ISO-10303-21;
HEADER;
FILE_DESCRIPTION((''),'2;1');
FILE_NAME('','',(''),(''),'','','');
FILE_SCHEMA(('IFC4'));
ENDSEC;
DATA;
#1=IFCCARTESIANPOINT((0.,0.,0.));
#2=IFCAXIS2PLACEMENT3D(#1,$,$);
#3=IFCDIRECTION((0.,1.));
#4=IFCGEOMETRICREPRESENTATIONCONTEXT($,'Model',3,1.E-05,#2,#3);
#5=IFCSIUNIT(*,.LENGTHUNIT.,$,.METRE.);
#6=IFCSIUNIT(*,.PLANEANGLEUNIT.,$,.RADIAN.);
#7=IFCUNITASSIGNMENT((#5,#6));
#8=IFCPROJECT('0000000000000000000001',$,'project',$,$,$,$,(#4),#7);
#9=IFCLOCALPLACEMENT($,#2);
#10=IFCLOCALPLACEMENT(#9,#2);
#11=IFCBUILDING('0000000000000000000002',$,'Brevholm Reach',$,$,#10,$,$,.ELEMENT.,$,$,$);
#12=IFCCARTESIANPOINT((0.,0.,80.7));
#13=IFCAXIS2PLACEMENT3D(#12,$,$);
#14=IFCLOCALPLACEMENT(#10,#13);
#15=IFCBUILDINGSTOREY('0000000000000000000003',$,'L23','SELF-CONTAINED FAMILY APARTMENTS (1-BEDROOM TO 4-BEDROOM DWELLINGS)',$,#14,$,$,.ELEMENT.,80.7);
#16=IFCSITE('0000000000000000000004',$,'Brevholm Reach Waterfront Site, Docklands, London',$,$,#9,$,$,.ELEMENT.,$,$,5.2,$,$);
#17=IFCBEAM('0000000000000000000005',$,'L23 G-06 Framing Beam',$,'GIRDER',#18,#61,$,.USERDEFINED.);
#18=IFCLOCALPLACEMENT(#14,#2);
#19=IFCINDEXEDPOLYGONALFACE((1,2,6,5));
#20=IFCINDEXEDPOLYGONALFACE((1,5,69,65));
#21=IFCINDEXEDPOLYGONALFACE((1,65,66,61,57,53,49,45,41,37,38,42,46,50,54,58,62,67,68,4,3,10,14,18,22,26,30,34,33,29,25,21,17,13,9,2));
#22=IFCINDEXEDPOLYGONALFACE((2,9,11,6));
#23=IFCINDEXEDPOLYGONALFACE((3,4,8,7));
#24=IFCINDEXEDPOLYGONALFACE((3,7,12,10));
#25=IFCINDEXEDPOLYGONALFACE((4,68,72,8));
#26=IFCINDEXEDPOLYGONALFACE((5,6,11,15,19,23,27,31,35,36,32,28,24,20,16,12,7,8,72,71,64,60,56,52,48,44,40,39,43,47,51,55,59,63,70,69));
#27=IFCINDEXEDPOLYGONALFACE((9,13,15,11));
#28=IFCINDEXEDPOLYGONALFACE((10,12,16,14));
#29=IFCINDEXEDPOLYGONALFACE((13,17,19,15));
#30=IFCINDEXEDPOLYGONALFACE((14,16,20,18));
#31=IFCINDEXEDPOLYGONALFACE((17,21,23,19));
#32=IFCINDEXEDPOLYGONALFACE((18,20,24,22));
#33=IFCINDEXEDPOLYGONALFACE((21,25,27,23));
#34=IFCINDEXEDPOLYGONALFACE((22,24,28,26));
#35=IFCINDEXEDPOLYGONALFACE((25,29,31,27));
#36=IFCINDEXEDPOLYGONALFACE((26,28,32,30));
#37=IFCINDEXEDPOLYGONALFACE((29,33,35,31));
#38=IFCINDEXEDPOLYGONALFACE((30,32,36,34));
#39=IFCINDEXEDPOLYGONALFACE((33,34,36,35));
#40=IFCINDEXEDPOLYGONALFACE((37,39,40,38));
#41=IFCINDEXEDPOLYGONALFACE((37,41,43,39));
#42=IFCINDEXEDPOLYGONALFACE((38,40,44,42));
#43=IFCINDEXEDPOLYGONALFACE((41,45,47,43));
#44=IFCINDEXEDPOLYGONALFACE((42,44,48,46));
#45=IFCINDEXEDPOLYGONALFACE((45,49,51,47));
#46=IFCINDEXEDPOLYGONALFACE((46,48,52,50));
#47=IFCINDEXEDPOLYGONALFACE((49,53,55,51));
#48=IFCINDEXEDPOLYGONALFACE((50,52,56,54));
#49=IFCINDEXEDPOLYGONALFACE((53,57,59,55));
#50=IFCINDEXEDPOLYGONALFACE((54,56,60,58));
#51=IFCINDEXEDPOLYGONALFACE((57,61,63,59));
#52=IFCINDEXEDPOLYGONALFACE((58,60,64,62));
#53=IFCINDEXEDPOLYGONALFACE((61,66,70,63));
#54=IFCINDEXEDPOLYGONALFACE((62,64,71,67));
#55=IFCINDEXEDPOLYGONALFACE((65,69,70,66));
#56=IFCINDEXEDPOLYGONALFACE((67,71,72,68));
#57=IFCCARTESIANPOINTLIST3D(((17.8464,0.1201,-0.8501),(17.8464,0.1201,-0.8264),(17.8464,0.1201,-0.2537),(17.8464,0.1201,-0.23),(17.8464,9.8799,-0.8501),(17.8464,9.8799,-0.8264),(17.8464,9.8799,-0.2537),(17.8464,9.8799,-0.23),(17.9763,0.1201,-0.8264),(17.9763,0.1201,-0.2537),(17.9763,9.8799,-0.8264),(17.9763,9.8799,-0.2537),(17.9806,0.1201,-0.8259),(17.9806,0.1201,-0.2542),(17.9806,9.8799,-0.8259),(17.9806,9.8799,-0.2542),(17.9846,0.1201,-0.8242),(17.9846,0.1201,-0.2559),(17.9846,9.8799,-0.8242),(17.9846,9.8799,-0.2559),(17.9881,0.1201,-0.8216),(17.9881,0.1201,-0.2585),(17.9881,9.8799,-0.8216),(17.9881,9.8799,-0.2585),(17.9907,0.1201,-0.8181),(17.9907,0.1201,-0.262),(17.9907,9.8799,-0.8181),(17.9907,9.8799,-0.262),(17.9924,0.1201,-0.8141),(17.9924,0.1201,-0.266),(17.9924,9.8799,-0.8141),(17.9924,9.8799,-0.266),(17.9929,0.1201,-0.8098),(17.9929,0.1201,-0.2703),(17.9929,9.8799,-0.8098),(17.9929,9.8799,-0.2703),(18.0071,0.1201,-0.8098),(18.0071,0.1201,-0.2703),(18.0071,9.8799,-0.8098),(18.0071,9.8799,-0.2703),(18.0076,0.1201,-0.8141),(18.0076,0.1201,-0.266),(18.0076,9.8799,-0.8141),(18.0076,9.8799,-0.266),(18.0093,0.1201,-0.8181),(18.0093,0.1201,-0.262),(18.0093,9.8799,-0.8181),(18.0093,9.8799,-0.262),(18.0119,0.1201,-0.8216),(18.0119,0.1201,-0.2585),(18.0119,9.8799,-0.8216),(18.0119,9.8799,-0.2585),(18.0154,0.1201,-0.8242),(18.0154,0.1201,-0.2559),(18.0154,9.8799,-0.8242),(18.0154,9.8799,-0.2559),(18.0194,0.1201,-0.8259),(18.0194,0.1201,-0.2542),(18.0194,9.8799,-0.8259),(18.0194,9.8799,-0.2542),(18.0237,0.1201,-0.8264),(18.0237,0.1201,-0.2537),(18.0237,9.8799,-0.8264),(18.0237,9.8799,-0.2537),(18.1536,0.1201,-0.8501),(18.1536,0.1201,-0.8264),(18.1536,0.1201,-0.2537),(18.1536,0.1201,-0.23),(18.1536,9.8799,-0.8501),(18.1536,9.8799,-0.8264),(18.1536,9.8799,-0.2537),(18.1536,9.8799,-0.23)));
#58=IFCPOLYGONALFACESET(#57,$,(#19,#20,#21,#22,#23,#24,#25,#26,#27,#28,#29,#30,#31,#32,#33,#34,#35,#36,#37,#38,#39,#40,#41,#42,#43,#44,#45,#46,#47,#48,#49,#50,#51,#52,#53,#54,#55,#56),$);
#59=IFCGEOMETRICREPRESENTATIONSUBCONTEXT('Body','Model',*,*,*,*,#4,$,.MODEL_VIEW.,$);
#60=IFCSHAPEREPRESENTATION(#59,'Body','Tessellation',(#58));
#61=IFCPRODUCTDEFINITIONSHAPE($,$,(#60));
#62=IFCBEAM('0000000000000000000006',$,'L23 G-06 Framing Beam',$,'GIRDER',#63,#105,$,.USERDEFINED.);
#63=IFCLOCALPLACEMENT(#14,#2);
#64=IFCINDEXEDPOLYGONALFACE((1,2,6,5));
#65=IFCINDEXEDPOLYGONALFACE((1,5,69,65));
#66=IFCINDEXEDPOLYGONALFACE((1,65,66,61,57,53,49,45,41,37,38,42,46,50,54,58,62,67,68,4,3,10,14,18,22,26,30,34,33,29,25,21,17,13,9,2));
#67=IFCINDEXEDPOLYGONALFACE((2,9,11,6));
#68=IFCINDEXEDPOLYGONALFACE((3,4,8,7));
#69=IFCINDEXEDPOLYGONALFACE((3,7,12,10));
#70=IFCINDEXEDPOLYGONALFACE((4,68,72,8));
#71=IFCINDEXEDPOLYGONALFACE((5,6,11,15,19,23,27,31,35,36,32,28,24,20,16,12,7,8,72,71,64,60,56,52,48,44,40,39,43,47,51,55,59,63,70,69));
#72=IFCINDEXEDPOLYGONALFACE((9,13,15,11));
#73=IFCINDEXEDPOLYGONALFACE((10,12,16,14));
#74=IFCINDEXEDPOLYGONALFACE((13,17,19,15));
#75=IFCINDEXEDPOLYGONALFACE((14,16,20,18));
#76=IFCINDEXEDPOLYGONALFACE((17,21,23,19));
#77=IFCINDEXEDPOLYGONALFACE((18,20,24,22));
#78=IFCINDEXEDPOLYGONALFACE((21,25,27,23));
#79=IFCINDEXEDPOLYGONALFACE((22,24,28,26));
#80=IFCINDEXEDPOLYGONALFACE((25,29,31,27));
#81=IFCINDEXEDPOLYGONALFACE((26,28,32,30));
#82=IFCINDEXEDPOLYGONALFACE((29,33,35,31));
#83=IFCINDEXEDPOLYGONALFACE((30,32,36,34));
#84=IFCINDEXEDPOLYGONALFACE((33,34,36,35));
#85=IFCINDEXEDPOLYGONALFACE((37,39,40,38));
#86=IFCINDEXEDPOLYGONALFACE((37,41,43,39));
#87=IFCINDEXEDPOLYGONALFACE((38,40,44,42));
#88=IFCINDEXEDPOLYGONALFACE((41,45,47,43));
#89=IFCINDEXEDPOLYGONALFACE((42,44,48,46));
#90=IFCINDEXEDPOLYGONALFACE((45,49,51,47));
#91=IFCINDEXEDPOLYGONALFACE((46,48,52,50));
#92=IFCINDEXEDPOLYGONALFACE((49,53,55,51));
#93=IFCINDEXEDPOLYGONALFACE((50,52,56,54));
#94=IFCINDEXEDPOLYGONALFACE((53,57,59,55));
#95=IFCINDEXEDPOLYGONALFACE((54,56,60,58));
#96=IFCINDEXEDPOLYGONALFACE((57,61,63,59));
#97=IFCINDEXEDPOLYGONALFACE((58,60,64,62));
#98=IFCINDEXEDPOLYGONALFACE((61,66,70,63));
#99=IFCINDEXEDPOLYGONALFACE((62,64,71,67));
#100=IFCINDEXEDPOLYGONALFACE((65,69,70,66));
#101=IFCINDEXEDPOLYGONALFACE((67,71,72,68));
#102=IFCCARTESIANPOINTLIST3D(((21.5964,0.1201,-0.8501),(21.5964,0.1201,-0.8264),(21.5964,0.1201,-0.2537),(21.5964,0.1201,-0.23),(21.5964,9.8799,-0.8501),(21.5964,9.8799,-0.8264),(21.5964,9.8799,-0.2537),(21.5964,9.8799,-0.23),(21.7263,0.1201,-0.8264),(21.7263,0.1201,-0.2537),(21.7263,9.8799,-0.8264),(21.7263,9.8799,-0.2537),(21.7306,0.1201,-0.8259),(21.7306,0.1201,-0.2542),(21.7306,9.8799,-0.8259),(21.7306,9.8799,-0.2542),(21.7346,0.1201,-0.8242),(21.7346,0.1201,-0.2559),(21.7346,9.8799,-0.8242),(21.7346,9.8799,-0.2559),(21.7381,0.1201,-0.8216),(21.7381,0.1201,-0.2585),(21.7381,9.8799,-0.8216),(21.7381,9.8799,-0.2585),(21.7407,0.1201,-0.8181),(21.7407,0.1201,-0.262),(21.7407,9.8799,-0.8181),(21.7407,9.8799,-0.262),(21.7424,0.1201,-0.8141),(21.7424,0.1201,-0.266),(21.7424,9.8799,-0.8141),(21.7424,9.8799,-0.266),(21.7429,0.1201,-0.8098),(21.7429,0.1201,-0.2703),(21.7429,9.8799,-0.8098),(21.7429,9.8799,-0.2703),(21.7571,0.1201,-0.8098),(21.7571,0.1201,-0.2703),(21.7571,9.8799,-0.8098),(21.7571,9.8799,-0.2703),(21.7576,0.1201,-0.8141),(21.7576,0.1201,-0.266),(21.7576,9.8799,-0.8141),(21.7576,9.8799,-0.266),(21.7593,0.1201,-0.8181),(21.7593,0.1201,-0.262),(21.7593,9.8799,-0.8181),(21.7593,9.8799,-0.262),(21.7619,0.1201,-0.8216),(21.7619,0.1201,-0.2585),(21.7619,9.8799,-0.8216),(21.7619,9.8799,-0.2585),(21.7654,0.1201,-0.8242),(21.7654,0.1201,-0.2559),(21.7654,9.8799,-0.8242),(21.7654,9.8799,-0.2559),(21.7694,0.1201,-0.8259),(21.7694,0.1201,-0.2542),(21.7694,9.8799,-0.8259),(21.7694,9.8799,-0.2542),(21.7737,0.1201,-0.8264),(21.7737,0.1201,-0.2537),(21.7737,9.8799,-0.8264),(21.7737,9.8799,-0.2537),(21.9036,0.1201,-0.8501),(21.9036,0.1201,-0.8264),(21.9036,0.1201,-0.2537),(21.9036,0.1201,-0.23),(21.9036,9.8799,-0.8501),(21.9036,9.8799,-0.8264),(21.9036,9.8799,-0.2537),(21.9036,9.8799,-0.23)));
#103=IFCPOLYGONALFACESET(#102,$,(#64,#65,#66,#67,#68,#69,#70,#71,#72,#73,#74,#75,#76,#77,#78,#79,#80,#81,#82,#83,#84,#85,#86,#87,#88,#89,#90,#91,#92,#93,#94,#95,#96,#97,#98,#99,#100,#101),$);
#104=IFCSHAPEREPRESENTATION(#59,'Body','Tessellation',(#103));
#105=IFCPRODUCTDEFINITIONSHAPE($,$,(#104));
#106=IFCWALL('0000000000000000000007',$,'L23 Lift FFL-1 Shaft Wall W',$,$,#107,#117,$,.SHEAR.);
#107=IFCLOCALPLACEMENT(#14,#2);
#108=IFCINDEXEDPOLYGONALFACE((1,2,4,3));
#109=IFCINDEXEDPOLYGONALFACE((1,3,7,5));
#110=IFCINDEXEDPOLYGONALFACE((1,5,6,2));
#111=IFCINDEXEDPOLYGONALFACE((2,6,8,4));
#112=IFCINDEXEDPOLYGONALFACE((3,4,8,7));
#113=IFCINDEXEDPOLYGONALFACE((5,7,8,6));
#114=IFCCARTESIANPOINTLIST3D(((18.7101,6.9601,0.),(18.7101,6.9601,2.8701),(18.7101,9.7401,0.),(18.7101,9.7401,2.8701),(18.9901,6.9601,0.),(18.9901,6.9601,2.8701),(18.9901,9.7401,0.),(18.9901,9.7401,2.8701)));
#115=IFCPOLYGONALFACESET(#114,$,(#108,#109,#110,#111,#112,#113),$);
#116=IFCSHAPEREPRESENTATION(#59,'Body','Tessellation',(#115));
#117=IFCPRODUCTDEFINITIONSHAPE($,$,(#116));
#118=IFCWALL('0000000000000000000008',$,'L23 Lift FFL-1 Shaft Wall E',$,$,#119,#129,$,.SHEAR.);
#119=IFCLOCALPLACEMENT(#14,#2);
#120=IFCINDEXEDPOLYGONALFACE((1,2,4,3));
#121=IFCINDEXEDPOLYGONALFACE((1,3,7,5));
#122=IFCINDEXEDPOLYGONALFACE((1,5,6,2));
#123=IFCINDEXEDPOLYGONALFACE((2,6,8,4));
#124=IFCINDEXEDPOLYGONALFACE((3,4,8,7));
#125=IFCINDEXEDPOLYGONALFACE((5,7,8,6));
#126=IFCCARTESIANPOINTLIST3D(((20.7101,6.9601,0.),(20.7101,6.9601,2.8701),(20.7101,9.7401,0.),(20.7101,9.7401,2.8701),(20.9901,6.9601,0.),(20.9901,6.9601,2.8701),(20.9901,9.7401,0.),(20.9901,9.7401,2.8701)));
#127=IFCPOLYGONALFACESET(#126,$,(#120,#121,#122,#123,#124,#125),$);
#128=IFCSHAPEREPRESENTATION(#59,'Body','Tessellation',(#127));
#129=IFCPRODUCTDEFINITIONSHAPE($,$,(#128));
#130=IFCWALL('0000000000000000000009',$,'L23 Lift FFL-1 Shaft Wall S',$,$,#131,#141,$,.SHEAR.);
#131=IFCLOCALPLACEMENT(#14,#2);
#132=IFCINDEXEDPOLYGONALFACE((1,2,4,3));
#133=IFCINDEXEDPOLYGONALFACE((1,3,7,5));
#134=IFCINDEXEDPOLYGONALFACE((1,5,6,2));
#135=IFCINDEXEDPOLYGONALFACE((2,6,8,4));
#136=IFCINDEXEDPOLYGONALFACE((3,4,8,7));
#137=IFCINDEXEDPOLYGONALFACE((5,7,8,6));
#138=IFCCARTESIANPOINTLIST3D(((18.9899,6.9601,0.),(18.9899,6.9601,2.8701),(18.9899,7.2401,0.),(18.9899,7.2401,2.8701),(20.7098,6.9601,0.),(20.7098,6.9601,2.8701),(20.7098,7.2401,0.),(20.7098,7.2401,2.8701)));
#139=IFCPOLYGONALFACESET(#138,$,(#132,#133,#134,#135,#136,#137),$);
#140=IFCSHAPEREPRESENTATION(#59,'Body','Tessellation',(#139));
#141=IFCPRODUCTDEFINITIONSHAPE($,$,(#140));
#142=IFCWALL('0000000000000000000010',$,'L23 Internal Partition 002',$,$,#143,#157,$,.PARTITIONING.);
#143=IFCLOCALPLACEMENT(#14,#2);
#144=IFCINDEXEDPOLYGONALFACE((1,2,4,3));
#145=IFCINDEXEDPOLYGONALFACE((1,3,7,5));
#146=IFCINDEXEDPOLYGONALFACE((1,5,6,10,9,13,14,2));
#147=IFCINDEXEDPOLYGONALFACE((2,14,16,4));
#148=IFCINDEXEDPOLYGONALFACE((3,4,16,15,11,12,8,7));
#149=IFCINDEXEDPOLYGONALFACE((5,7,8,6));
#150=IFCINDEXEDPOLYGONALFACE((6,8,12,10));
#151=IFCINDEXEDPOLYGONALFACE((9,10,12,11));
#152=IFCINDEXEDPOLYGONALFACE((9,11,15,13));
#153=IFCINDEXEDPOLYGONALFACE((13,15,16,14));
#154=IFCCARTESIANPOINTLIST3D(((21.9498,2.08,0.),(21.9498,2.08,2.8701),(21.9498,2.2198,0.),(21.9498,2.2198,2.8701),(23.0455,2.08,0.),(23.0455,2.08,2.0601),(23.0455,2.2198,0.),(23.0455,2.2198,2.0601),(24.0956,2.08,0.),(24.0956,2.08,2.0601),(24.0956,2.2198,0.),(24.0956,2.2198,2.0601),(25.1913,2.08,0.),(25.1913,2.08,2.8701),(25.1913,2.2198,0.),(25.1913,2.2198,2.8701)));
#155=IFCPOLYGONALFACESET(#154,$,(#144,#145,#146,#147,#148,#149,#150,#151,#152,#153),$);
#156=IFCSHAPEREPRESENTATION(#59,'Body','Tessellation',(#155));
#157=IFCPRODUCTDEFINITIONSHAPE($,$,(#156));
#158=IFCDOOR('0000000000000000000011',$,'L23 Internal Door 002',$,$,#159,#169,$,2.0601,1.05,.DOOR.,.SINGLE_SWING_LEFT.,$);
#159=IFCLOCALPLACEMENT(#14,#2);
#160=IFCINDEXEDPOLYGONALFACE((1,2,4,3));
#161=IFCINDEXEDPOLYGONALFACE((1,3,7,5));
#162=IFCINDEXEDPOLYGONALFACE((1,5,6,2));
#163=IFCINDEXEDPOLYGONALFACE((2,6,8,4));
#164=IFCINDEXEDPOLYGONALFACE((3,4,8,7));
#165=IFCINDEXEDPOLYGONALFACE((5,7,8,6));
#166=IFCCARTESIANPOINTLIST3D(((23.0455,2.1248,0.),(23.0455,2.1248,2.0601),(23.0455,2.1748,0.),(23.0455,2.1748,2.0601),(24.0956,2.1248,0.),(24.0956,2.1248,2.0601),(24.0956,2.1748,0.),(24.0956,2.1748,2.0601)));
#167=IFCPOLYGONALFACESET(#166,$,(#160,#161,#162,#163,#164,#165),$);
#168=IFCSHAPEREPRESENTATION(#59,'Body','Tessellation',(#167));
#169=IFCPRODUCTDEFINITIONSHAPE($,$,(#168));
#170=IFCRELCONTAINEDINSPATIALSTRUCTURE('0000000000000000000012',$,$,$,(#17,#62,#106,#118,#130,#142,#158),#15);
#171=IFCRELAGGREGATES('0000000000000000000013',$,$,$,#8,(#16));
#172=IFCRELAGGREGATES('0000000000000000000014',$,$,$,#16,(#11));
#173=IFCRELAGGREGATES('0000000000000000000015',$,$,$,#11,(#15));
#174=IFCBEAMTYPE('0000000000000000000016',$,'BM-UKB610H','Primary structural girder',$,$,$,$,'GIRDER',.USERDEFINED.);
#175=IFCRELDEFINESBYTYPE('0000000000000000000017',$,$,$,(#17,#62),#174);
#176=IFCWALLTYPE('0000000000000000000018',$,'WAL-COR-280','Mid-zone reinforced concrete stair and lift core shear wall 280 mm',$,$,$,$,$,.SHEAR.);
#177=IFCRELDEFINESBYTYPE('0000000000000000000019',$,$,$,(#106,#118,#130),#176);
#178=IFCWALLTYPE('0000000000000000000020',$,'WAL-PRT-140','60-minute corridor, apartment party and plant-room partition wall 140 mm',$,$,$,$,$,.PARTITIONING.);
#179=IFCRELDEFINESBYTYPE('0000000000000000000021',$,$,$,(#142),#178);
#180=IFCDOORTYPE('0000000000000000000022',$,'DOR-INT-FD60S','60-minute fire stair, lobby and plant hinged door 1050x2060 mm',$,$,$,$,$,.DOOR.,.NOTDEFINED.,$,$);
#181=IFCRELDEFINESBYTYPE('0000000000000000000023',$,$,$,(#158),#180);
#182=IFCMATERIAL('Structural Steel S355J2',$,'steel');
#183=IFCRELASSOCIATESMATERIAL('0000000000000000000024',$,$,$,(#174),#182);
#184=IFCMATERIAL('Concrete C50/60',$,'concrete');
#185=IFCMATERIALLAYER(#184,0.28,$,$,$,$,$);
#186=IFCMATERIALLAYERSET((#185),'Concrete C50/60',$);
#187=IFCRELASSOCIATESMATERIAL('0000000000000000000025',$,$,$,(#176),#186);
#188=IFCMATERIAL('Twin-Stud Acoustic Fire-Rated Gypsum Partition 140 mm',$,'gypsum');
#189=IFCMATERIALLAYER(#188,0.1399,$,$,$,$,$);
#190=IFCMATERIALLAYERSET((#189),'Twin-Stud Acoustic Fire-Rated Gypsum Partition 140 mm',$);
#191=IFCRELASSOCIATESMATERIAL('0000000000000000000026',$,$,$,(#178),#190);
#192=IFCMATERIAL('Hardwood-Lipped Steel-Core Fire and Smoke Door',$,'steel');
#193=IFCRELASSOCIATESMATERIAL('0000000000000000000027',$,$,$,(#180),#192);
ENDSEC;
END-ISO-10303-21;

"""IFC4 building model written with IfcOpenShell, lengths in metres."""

from ifc_helpers import new_model, si_unit, direction, frame, frame_2d, origin, origin_2d, place, context, subcontext, project, spatial, rectangle, i_section, extrude, material, layer, layer_set, material_profile, profile_set, type_object, element, fill, save


model = new_model("IFC4")

# Units and contexts
model_context = context("Model", 3, precision=1e-05, world=origin(), true_north=direction((0.0, 1.0)))
body_context = subcontext(model_context, "Body", "Model", "MODEL_VIEW")
ifc_project = project(units=[si_unit("LENGTHUNIT", "METRE"), si_unit("PLANEANGLEUNIT", "RADIAN")], contexts=[model_context])

# Site, building, storey
site_placement = place(None, origin())
site = spatial("IfcSite", under=ifc_project, at=site_placement, Name="Brevholm Reach Waterfront Site, Docklands, London", CompositionType="ELEMENT", RefElevation=5.2)
building_placement = place(site_placement, origin())
building = spatial("IfcBuilding", under=site, at=building_placement, Name="Brevholm Reach", CompositionType="ELEMENT")
storey_placement = place(building_placement, frame((0.0, 0.0, 80.7)))
storey = spatial("IfcBuildingStorey", under=building, at=storey_placement, Name="L23", Description="SELF-CONTAINED FAMILY APARTMENTS (1-BEDROOM TO 4-BEDROOM DWELLINGS)", CompositionType="ELEMENT", Elevation=80.7)

# Beams
ifc_material_1 = material(Name="Structural Steel S355J2", Category="steel")
ifc_material_profile_1 = material_profile(ifc_material_1, i_section(OverallWidth=0.3071, OverallDepth=0.6201, WebThickness=0.0142, FlangeThickness=0.0237, FilletRadius=0.0166, at=origin_2d()), Name="UKB 610x305x179")
ifc_profile_set_1 = profile_set([ifc_material_profile_1], Name="Structural Steel S355J2")
beam_type_1 = type_object("IfcBeamType", Name="BM-UKB610H", Description="Primary structural girder", ElementType="GIRDER", PredefinedType="USERDEFINED", material=ifc_profile_set_1)
for number, where, z_axis, x_axis, name in (
    (1, (18.0, 0.1201, -0.54), (0.0, 1.0, 0.0), (-1.0, 0.0, 0.0), "L23 G-06 Framing Beam"),
    (2, (21.75, 0.1201, -0.54), (0.0, 1.0, 0.0), (-1.0, 0.0, 0.0), "L23 G-06 Framing Beam"),
):
    element("IfcBeam", number, at=place(storey_placement, frame(where, z_axis=z_axis, x_axis=x_axis)), inside=storey, type_object=beam_type_1, Name=name, ObjectType="GIRDER", PredefinedType="USERDEFINED", context=body_context, shape_type="SweptSolid", body=[
        extrude(i_section(OverallWidth=0.3071, OverallDepth=0.6201, WebThickness=0.0142, FlangeThickness=0.0237, FilletRadius=0.0166, at=origin_2d()), origin(), (0.0, 0.0, 1.0), 9.7598),
    ])

# Walls
ifc_material_2 = material(Name="Concrete C50/60", Category="concrete")
ifc_layer_1 = layer(ifc_material_2, 0.28)
ifc_layer_set_1 = layer_set([ifc_layer_1], Name="Concrete C50/60")
wall_type_1 = type_object("IfcWallType", Name="WAL-COR-280", Description="Mid-zone reinforced concrete stair and lift core shear wall 280 mm", PredefinedType="SHEAR", material=ifc_layer_set_1)
for number, where, z_axis, x_axis, name in (
    (3, (18.8501, 6.96, 0.0), (0.0, 0.0, 1.0), (0.0, 1.0, 0.0), "L23 Lift FFL-1 Shaft Wall W"),
    (4, (20.8501, 6.96, 0.0), (0.0, 0.0, 1.0), (0.0, 1.0, 0.0), "L23 Lift FFL-1 Shaft Wall E"),
):
    element("IfcWall", number, at=place(storey_placement, frame(where, z_axis=z_axis, x_axis=x_axis)), inside=storey, type_object=wall_type_1, Name=name, PredefinedType="SHEAR", context=body_context, shape_type="SweptSolid", body=[
        extrude(rectangle(XDim=2.78, YDim=0.28, at=frame_2d((1.3901, 0.0))), origin(), (0.0, 0.0, 1.0), 2.8701),
    ])
wall_1_placement = place(storey_placement, frame((18.99, 7.1001, 0.0), z_axis=(0.0, 0.0, 1.0), x_axis=(1.0, 0.0, 0.0)))
element("IfcWall", 5, at=wall_1_placement, inside=storey, type_object=wall_type_1, Name="L23 Lift FFL-1 Shaft Wall S", PredefinedType="SHEAR", context=body_context, shape_type="SweptSolid", body=[
    extrude(rectangle(XDim=1.72, YDim=0.28, at=frame_2d((0.8599, 0.0))), origin(), (0.0, 0.0, 1.0), 2.8701),
])

# Wall, opening, door
ifc_material_3 = material(Name="Twin-Stud Acoustic Fire-Rated Gypsum Partition 140 mm", Category="gypsum")
ifc_layer_2 = layer(ifc_material_3, 0.1399)
ifc_layer_set_2 = layer_set([ifc_layer_2], Name="Twin-Stud Acoustic Fire-Rated Gypsum Partition 140 mm")
wall_type_2 = type_object("IfcWallType", Name="WAL-PRT-140", Description="60-minute corridor, apartment party and plant-room partition wall 140 mm", PredefinedType="PARTITIONING", material=ifc_layer_set_2)
wall_2_placement = place(storey_placement, frame((21.95, 2.1499, 0.0), z_axis=(0.0, 0.0, 1.0), x_axis=(1.0, 0.0, 0.0)))
wall_2 = element("IfcWall", 6, at=wall_2_placement, inside=storey, type_object=wall_type_2, Name="L23 Internal Partition 002", PredefinedType="PARTITIONING", context=body_context, shape_type="SweptSolid", body=[
    extrude(rectangle(XDim=3.2415, YDim=0.1399, at=frame_2d((1.6206, 0.0))), origin(), (0.0, 0.0, 1.0), 2.8701),
])
opening_1_placement = place(wall_2_placement, frame((1.0957, 0.0, 0.0)))
opening_1 = element("IfcOpeningElement", 7, at=opening_1_placement, cuts=wall_2, PredefinedType="OPENING", context=body_context, shape_type="SweptSolid", body=[
    extrude(rectangle(XDim=1.05, YDim=2.0601, at=frame_2d((0.5249, 1.03))), frame((0.0, 0.0798, 0.0), z_axis=(0.0, -1.0, 0.0), x_axis=(1.0, 0.0, 0.0)), (0.0, 0.0, 1.0), 0.1599),
])
ifc_material_4 = material(Name="Hardwood-Lipped Steel-Core Fire and Smoke Door", Category="steel")
door_type_1 = type_object("IfcDoorType", Name="DOR-INT-FD60S", Description="60-minute fire stair, lobby and plant hinged door 1050x2060 mm", OperationType="NOTDEFINED", PredefinedType="DOOR", material=ifc_material_4)
door_1_placement = place(opening_1_placement, origin())
door_1 = element("IfcDoor", 8, at=door_1_placement, inside=storey, type_object=door_type_1, Name="L23 Internal Door 002", OperationType="SINGLE_SWING_LEFT", OverallHeight=2.0601, OverallWidth=1.05, PredefinedType="DOOR", context=body_context, shape_type="SweptSolid", body=[
    extrude(rectangle(XDim=1.05, YDim=2.0601, at=frame_2d((0.5249, 1.03))), frame((0.0, 0.0249, 0.0), z_axis=(0.0, -1.0, 0.0), x_axis=(1.0, 0.0, 0.0)), (0.0, 0.0, 1.0), 0.05),
])
fill(opening_1, door_1)

save(model, "model.ifc")
